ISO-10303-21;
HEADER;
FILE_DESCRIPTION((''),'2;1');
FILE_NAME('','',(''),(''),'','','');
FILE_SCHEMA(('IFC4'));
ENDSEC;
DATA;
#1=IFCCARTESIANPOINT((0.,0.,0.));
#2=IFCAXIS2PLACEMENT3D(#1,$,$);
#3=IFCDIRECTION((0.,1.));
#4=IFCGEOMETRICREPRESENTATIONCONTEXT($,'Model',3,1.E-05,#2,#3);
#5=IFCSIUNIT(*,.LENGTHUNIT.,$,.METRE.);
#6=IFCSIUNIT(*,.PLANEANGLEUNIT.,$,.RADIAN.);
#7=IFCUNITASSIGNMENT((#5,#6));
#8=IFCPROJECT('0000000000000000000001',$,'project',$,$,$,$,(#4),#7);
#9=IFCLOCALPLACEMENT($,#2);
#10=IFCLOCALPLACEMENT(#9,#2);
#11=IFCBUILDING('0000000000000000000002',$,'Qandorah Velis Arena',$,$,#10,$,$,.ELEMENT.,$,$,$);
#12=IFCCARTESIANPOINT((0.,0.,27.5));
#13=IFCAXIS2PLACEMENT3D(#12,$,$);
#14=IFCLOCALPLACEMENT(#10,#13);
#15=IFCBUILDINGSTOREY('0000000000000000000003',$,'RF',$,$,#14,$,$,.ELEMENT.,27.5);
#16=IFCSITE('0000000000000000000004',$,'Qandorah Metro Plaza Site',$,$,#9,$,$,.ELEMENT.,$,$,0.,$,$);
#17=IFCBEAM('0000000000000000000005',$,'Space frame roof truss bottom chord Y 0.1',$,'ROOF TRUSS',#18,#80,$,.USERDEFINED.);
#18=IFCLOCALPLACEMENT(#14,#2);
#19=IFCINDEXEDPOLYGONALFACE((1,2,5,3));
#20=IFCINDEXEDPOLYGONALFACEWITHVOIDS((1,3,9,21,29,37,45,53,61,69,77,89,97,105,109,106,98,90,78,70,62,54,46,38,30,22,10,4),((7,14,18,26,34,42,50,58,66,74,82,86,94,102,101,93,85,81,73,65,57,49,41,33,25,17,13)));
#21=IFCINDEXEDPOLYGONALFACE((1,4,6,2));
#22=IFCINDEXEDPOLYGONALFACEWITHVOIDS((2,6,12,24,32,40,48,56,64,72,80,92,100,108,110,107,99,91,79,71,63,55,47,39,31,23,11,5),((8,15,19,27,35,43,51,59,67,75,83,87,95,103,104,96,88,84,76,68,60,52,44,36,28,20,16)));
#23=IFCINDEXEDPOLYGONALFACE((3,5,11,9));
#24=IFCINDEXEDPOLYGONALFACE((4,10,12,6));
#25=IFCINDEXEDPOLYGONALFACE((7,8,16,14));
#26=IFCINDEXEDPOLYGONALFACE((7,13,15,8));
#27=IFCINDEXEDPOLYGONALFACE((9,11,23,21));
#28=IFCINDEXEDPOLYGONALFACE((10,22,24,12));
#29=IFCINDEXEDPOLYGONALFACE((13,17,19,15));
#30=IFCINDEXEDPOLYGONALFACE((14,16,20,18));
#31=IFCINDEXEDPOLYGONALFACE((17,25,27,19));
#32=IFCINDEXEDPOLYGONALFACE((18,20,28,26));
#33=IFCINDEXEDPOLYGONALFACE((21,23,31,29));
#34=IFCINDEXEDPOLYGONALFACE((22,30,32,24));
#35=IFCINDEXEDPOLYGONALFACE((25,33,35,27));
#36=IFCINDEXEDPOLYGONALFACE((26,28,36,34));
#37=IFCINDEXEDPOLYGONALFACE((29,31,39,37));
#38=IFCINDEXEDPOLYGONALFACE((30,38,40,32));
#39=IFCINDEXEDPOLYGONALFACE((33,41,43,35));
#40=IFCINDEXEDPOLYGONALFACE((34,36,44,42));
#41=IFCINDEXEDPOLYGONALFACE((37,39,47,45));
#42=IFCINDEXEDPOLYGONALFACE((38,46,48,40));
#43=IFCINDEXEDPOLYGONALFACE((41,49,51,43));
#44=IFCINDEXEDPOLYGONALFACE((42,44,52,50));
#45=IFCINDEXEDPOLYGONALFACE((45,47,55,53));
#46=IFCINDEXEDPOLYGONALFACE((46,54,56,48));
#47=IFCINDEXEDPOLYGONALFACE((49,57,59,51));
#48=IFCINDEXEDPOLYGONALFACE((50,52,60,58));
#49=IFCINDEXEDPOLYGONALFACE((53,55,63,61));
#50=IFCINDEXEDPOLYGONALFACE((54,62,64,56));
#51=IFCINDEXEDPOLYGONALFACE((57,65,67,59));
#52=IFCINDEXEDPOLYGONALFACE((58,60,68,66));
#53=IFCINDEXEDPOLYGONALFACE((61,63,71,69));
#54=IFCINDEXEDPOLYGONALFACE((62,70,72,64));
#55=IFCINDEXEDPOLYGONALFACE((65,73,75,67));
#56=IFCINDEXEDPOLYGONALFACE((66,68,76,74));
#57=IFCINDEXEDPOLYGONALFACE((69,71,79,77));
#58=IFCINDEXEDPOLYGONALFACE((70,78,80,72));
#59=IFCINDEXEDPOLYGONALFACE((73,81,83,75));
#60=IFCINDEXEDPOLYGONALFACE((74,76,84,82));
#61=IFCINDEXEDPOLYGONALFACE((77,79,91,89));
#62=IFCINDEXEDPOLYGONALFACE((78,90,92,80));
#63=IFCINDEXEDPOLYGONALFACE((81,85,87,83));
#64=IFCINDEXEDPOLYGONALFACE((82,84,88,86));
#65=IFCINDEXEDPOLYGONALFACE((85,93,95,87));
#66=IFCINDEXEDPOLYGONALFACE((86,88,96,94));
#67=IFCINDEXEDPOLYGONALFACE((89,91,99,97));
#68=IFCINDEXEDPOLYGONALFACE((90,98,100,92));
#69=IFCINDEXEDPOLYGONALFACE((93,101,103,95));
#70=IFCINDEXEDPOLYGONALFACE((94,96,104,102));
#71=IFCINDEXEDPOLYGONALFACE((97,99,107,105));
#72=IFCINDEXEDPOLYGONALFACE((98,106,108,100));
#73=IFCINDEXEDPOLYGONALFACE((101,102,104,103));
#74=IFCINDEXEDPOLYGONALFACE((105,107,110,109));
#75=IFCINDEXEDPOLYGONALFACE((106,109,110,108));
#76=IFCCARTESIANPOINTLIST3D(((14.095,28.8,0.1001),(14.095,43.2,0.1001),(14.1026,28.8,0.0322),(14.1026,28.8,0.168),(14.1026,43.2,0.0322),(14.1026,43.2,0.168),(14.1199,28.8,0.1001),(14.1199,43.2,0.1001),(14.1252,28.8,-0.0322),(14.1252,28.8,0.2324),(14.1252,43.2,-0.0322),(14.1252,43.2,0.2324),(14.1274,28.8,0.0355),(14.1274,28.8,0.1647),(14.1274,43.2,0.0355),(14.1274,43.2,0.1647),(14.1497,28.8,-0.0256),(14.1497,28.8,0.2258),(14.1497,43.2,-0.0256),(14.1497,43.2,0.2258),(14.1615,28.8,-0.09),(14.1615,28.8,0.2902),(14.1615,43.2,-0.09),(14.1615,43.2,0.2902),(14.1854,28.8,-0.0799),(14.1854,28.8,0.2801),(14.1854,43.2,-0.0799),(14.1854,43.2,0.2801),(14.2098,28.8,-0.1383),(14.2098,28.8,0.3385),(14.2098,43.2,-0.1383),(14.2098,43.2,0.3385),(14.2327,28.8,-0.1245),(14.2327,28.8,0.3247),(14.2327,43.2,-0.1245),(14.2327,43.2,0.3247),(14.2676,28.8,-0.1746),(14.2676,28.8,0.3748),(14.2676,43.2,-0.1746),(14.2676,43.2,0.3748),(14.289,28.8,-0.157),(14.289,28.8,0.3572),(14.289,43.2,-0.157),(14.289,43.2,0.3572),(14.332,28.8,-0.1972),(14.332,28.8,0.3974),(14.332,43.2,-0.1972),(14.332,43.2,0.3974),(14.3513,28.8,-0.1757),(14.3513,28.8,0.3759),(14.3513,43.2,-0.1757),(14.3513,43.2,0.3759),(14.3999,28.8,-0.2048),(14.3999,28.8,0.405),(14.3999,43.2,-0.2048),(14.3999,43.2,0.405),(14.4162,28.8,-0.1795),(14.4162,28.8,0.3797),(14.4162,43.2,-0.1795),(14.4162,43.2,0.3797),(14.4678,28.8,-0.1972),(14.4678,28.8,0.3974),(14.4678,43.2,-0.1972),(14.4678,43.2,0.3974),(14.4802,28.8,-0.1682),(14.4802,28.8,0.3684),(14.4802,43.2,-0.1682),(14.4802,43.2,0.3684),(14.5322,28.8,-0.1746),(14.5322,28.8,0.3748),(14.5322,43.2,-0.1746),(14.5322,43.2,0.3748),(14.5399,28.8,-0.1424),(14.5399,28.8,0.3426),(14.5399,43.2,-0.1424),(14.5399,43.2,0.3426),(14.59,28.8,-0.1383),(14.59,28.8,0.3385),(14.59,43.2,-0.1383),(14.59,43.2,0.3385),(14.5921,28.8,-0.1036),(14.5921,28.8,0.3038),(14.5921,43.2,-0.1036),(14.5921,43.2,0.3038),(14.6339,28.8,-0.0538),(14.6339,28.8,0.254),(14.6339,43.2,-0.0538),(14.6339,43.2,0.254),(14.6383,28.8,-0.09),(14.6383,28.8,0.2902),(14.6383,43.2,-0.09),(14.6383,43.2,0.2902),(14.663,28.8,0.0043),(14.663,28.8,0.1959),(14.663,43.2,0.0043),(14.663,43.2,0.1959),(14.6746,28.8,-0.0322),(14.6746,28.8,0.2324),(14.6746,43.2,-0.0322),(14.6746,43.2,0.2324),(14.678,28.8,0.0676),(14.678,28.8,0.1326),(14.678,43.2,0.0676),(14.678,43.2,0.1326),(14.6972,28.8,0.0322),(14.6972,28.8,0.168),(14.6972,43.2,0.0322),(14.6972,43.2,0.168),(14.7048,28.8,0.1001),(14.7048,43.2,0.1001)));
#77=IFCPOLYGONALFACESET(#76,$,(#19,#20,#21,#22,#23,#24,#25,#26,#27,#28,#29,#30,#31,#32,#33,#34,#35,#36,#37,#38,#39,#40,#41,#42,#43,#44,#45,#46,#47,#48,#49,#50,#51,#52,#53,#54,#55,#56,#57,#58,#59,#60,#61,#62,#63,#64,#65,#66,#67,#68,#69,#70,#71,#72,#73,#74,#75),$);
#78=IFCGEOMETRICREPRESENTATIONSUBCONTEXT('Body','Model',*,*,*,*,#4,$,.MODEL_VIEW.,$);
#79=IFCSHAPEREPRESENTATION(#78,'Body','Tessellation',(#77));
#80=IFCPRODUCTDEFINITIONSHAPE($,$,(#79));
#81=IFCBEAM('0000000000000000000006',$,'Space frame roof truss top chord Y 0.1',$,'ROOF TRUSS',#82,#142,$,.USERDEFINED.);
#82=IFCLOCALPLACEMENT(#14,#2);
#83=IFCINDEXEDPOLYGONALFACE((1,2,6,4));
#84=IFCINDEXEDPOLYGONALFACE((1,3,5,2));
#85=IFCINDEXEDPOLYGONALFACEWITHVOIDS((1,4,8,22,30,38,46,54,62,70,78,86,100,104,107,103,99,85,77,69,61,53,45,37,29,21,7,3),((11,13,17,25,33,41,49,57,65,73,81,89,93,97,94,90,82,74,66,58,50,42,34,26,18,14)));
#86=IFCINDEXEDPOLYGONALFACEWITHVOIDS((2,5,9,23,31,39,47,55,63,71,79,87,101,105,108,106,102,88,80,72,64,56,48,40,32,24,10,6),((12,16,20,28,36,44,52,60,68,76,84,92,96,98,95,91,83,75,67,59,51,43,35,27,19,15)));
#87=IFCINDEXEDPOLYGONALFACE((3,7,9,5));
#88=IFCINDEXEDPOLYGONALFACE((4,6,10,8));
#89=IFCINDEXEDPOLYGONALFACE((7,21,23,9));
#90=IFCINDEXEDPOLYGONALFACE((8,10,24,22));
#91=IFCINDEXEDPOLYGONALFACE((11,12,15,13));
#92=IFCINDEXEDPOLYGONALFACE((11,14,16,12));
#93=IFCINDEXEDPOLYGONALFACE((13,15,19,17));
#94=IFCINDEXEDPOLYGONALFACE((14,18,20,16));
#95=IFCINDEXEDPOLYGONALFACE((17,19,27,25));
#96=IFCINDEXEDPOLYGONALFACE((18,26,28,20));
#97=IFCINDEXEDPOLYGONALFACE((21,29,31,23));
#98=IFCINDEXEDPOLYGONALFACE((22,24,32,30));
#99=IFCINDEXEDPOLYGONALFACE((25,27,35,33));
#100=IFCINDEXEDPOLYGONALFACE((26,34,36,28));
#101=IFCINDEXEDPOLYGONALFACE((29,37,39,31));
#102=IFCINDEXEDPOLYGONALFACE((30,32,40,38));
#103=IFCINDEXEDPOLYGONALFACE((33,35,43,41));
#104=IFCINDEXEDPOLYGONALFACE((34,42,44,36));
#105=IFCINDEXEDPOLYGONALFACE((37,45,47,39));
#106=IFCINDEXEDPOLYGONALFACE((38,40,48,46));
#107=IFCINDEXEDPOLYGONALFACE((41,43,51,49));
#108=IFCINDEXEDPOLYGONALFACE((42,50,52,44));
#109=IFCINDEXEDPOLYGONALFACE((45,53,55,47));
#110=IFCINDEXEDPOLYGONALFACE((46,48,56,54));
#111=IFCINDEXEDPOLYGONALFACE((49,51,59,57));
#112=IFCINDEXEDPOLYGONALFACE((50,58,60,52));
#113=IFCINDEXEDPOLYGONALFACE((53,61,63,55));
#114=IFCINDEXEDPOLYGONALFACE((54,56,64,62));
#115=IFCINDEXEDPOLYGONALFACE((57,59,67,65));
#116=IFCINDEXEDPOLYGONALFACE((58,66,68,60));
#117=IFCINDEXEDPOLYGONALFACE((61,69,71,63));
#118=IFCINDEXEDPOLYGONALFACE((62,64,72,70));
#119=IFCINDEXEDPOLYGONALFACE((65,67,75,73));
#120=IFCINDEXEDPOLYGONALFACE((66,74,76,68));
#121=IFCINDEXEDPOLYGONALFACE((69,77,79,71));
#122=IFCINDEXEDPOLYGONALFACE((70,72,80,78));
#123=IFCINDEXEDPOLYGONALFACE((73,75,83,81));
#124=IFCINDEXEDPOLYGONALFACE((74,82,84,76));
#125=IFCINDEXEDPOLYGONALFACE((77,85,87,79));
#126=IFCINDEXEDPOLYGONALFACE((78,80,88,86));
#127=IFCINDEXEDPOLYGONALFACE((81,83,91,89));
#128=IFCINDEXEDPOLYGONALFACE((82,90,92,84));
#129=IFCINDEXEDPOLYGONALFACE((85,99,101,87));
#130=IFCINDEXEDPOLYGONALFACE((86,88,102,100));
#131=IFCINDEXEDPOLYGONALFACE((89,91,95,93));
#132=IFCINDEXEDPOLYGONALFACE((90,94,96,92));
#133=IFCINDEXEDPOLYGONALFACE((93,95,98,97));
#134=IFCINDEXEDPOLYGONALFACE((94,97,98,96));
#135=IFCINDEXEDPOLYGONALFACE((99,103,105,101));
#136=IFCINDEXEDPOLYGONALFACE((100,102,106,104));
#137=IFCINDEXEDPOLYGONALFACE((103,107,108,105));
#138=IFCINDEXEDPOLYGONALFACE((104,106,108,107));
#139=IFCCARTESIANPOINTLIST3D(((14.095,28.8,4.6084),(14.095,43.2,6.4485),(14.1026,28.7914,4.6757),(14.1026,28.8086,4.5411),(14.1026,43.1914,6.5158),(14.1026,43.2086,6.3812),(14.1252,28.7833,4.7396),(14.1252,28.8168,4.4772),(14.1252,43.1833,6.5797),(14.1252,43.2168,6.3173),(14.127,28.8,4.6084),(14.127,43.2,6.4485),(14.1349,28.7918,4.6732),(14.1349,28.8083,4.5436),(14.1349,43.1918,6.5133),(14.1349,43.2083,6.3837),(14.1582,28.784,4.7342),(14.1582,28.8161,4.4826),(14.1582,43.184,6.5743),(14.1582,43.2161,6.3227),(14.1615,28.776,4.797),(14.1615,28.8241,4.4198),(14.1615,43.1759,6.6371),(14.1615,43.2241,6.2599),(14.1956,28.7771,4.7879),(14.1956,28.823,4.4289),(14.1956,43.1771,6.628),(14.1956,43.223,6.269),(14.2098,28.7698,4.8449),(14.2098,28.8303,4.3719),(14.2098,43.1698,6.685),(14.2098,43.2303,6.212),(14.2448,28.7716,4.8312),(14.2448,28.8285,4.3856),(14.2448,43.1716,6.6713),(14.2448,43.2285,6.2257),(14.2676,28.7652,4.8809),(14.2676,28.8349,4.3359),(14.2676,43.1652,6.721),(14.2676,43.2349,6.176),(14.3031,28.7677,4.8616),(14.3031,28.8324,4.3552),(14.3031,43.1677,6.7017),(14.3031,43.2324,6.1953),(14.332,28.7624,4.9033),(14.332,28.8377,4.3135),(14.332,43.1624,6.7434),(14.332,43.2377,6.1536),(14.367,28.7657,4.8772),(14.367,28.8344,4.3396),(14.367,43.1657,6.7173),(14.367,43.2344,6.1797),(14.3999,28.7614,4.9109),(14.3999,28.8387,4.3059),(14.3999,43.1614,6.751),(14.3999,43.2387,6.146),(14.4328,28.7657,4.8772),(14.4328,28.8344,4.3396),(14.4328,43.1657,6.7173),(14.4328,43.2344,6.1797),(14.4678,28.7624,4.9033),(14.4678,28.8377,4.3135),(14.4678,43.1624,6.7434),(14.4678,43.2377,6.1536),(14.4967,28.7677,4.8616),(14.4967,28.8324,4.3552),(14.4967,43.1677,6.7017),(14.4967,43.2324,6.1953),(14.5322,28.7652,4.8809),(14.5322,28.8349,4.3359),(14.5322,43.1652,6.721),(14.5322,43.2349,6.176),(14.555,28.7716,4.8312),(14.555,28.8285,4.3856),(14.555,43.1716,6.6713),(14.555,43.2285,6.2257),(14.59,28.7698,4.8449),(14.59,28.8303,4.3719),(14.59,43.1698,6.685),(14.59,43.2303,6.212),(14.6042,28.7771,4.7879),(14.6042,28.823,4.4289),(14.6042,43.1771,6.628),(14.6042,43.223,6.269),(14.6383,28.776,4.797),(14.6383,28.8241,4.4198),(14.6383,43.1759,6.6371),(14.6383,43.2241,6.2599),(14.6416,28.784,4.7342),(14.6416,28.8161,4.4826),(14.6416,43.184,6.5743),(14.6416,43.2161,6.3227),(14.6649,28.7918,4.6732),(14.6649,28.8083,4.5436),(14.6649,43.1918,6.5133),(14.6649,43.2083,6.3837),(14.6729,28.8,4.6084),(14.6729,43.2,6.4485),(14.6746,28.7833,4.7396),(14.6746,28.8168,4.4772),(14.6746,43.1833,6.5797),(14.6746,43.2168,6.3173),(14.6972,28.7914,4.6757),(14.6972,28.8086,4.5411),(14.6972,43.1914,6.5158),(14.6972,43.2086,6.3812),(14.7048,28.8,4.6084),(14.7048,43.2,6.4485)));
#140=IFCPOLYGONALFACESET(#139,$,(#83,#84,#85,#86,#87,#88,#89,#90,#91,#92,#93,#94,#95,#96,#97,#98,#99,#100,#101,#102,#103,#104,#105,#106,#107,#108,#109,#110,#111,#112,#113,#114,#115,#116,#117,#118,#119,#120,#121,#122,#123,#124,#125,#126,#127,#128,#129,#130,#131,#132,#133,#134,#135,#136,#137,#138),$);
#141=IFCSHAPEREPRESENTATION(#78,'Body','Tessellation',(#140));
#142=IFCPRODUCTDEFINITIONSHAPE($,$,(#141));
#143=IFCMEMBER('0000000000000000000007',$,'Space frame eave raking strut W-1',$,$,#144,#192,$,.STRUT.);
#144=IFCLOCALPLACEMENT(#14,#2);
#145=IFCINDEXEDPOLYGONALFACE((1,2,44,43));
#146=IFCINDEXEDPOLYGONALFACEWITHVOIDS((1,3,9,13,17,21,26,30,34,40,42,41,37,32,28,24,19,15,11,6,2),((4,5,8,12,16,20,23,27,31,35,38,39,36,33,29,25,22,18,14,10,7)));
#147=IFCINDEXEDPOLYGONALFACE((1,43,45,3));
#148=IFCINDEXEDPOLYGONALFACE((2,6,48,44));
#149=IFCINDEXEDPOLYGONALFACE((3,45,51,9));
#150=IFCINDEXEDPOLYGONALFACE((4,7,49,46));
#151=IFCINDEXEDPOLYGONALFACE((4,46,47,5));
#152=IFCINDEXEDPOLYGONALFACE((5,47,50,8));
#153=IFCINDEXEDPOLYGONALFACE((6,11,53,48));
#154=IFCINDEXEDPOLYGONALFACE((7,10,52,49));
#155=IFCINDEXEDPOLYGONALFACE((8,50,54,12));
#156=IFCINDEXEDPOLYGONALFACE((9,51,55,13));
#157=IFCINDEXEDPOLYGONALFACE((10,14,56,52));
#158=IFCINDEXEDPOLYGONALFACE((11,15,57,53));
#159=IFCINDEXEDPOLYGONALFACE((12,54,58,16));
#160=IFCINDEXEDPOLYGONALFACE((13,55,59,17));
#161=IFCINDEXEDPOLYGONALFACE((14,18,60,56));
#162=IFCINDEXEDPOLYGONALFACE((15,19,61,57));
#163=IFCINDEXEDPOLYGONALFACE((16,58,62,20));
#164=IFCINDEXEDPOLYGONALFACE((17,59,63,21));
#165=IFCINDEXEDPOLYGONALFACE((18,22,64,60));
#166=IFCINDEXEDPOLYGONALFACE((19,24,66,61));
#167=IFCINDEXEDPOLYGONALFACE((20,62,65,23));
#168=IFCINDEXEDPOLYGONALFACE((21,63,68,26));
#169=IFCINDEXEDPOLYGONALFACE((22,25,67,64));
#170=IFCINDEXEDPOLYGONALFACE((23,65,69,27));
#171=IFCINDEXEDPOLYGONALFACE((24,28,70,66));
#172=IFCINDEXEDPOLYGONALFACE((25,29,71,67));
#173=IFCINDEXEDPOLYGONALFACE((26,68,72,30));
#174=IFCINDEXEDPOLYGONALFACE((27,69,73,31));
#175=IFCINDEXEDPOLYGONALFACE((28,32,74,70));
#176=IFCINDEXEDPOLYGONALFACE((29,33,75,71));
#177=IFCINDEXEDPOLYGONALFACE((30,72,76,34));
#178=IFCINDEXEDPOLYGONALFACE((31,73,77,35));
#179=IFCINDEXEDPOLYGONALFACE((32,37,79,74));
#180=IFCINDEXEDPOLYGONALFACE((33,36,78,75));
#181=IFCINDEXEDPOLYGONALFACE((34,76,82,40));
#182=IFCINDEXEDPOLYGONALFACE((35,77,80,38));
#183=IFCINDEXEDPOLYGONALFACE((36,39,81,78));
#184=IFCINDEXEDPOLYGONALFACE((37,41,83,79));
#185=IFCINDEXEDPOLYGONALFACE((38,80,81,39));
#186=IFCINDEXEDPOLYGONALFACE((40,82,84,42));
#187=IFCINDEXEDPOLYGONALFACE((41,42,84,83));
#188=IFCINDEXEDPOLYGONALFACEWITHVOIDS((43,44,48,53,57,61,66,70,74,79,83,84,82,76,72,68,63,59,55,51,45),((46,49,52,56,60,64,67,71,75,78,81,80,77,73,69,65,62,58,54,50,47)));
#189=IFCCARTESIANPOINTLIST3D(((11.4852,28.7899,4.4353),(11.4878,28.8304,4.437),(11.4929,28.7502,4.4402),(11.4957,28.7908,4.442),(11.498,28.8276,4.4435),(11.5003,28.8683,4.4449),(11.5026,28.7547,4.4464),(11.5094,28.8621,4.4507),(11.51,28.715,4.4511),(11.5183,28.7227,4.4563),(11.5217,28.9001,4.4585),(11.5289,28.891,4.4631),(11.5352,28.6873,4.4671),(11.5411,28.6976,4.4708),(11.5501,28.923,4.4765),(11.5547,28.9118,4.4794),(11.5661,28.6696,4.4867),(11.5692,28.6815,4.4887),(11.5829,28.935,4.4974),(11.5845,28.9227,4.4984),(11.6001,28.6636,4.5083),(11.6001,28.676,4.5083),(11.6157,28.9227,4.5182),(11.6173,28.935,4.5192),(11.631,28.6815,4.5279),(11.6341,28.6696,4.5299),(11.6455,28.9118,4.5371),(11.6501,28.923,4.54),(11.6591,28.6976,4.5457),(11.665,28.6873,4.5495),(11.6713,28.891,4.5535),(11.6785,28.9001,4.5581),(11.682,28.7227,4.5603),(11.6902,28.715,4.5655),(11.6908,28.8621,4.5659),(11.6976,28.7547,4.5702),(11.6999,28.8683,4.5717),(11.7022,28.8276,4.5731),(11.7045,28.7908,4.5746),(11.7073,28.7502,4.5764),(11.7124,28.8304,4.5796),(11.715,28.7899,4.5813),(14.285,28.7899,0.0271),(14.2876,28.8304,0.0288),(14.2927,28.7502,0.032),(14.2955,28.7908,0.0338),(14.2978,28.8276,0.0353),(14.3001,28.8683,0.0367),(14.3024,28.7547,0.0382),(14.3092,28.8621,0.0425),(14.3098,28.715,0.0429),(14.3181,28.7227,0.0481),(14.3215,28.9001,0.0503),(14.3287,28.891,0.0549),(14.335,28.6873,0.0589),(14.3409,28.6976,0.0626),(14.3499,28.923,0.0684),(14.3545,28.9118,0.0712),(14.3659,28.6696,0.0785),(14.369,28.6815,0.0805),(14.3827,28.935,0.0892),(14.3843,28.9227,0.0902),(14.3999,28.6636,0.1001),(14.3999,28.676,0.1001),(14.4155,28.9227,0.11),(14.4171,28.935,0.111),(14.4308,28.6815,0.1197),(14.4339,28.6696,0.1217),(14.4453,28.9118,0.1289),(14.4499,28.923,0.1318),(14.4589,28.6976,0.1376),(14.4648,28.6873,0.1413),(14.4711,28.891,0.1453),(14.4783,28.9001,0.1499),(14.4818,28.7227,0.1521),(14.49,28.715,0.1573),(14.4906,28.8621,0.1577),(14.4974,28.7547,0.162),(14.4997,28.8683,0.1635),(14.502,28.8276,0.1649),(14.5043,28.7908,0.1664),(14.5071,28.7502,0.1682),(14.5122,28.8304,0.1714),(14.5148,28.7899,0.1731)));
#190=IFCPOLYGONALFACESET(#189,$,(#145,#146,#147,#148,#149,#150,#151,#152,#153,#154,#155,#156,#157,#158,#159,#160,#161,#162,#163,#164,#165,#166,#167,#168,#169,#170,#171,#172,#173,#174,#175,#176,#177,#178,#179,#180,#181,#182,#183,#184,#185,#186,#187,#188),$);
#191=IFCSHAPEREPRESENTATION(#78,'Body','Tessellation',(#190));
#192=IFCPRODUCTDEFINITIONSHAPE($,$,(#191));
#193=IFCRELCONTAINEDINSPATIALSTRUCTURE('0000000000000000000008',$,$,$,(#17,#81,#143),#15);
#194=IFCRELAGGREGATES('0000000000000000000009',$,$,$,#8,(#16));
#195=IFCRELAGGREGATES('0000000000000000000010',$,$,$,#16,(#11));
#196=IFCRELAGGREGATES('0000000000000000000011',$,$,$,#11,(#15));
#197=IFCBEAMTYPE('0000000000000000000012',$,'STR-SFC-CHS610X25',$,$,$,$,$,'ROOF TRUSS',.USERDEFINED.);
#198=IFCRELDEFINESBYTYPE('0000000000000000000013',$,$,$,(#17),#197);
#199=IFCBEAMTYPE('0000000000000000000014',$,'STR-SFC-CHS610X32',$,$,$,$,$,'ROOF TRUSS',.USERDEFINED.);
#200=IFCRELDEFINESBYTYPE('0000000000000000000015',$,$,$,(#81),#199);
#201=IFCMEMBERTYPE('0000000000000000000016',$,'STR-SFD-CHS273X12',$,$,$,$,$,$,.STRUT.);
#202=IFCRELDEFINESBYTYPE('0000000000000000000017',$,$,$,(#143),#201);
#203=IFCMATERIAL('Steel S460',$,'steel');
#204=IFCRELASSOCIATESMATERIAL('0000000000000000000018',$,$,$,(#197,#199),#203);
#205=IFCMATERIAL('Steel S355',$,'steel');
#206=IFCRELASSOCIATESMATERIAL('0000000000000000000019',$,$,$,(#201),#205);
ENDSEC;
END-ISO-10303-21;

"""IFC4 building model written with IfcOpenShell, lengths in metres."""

from ifc_helpers import new_model, si_unit, direction, frame, origin, origin_2d, place, context, subcontext, project, spatial, hollow_circle, extrude, material, material_profile, profile_set, type_object, element, save


model = new_model("IFC4")

# Units and contexts
model_context = context("Model", 3, precision=1e-05, world=origin(), true_north=direction((0.0, 1.0)))
body_context = subcontext(model_context, "Body", "Model", "MODEL_VIEW")
ifc_project = project(units=[si_unit("LENGTHUNIT", "METRE"), si_unit("PLANEANGLEUNIT", "RADIAN")], contexts=[model_context])

# Site, building, storey
site_placement = place(None, origin())
site = spatial("IfcSite", under=ifc_project, at=site_placement, Name="Qandorah Metro Plaza Site", CompositionType="ELEMENT", RefElevation=0.0)
building_placement = place(site_placement, origin())
building = spatial("IfcBuilding", under=site, at=building_placement, Name="Qandorah Velis Arena", CompositionType="ELEMENT")
storey_placement = place(building_placement, frame((0.0, 0.0, 27.5)))
storey = spatial("IfcBuildingStorey", under=building, at=storey_placement, Name="RF", CompositionType="ELEMENT", Elevation=27.5)

# Beams
ifc_material_1 = material(Name="Steel S355", Category="steel")
ifc_material_2 = material(Name="Steel S460", Category="steel")
ifc_material_profile_1 = material_profile(ifc_material_2, hollow_circle(Radius=0.3049, WallThickness=0.0249, at=origin_2d()), Name="CHS 610x25")
ifc_profile_set_1 = profile_set([ifc_material_profile_1], Name="Steel S460")
beam_type_1 = type_object("IfcBeamType", Name="STR-SFC-CHS610X25", ElementType="ROOF TRUSS", PredefinedType="USERDEFINED", material=ifc_profile_set_1)
beam_1_placement = place(storey_placement, frame((14.3999, 28.8, 0.1001), z_axis=(0.0, 1.0, 0.0), x_axis=(-1.0, 0.0, 0.0)))
element("IfcBeam", 1, at=beam_1_placement, inside=storey, type_object=beam_type_1, Name="Space frame roof truss bottom chord Y 0.1", ObjectType="ROOF TRUSS", PredefinedType="USERDEFINED", context=body_context, shape_type="SweptSolid", body=[
    extrude(hollow_circle(Radius=0.3049, WallThickness=0.0249, at=origin_2d()), origin(), (0.0, 0.0, 1.0), 14.3999),
])
ifc_material_profile_2 = material_profile(ifc_material_2, hollow_circle(Radius=0.3049, WallThickness=0.032, at=origin_2d()), Name="CHS 610x32")
ifc_profile_set_2 = profile_set([ifc_material_profile_2], Name="Steel S460")
beam_type_2 = type_object("IfcBeamType", Name="STR-SFC-CHS610X32", ElementType="ROOF TRUSS", PredefinedType="USERDEFINED", material=ifc_profile_set_2)
beam_2_placement = place(storey_placement, frame((14.3999, 28.8, 4.6084), z_axis=(0.0, 0.991934, 0.126754), x_axis=(-1.0, 0.0, 0.0)))
element("IfcBeam", 2, at=beam_2_placement, inside=storey, type_object=beam_type_2, Name="Space frame roof truss top chord Y 0.1", ObjectType="ROOF TRUSS", PredefinedType="USERDEFINED", context=body_context, shape_type="SweptSolid", body=[
    extrude(hollow_circle(Radius=0.3049, WallThickness=0.032, at=origin_2d()), origin(), (0.0, 0.0, 1.0), 14.5171),
])

# Member
ifc_material_profile_3 = material_profile(ifc_material_1, hollow_circle(Radius=0.1365, WallThickness=0.0125, at=origin_2d()), Name="CHS 273x12.5")
ifc_profile_set_3 = profile_set([ifc_material_profile_3], Name="Steel S355")
member_type_1 = type_object("IfcMemberType", Name="STR-SFD-CHS273X12", PredefinedType="STRUT", material=ifc_profile_set_3)
member_1_placement = place(storey_placement, frame((14.3999, 28.8, 0.1001), z_axis=(-0.536137, 0.0, 0.844131), x_axis=(0.0, -1.0, 0.0)))
element("IfcMember", 3, at=member_1_placement, inside=storey, type_object=member_type_1, Name="Space frame eave raking strut W-1", PredefinedType="STRUT", context=body_context, shape_type="SweptSolid", body=[
    extrude(hollow_circle(Radius=0.1365, WallThickness=0.0125, at=origin_2d()), origin(), (0.0, 0.0, 1.0), 5.2222),
])

save(model, "model.ifc")
